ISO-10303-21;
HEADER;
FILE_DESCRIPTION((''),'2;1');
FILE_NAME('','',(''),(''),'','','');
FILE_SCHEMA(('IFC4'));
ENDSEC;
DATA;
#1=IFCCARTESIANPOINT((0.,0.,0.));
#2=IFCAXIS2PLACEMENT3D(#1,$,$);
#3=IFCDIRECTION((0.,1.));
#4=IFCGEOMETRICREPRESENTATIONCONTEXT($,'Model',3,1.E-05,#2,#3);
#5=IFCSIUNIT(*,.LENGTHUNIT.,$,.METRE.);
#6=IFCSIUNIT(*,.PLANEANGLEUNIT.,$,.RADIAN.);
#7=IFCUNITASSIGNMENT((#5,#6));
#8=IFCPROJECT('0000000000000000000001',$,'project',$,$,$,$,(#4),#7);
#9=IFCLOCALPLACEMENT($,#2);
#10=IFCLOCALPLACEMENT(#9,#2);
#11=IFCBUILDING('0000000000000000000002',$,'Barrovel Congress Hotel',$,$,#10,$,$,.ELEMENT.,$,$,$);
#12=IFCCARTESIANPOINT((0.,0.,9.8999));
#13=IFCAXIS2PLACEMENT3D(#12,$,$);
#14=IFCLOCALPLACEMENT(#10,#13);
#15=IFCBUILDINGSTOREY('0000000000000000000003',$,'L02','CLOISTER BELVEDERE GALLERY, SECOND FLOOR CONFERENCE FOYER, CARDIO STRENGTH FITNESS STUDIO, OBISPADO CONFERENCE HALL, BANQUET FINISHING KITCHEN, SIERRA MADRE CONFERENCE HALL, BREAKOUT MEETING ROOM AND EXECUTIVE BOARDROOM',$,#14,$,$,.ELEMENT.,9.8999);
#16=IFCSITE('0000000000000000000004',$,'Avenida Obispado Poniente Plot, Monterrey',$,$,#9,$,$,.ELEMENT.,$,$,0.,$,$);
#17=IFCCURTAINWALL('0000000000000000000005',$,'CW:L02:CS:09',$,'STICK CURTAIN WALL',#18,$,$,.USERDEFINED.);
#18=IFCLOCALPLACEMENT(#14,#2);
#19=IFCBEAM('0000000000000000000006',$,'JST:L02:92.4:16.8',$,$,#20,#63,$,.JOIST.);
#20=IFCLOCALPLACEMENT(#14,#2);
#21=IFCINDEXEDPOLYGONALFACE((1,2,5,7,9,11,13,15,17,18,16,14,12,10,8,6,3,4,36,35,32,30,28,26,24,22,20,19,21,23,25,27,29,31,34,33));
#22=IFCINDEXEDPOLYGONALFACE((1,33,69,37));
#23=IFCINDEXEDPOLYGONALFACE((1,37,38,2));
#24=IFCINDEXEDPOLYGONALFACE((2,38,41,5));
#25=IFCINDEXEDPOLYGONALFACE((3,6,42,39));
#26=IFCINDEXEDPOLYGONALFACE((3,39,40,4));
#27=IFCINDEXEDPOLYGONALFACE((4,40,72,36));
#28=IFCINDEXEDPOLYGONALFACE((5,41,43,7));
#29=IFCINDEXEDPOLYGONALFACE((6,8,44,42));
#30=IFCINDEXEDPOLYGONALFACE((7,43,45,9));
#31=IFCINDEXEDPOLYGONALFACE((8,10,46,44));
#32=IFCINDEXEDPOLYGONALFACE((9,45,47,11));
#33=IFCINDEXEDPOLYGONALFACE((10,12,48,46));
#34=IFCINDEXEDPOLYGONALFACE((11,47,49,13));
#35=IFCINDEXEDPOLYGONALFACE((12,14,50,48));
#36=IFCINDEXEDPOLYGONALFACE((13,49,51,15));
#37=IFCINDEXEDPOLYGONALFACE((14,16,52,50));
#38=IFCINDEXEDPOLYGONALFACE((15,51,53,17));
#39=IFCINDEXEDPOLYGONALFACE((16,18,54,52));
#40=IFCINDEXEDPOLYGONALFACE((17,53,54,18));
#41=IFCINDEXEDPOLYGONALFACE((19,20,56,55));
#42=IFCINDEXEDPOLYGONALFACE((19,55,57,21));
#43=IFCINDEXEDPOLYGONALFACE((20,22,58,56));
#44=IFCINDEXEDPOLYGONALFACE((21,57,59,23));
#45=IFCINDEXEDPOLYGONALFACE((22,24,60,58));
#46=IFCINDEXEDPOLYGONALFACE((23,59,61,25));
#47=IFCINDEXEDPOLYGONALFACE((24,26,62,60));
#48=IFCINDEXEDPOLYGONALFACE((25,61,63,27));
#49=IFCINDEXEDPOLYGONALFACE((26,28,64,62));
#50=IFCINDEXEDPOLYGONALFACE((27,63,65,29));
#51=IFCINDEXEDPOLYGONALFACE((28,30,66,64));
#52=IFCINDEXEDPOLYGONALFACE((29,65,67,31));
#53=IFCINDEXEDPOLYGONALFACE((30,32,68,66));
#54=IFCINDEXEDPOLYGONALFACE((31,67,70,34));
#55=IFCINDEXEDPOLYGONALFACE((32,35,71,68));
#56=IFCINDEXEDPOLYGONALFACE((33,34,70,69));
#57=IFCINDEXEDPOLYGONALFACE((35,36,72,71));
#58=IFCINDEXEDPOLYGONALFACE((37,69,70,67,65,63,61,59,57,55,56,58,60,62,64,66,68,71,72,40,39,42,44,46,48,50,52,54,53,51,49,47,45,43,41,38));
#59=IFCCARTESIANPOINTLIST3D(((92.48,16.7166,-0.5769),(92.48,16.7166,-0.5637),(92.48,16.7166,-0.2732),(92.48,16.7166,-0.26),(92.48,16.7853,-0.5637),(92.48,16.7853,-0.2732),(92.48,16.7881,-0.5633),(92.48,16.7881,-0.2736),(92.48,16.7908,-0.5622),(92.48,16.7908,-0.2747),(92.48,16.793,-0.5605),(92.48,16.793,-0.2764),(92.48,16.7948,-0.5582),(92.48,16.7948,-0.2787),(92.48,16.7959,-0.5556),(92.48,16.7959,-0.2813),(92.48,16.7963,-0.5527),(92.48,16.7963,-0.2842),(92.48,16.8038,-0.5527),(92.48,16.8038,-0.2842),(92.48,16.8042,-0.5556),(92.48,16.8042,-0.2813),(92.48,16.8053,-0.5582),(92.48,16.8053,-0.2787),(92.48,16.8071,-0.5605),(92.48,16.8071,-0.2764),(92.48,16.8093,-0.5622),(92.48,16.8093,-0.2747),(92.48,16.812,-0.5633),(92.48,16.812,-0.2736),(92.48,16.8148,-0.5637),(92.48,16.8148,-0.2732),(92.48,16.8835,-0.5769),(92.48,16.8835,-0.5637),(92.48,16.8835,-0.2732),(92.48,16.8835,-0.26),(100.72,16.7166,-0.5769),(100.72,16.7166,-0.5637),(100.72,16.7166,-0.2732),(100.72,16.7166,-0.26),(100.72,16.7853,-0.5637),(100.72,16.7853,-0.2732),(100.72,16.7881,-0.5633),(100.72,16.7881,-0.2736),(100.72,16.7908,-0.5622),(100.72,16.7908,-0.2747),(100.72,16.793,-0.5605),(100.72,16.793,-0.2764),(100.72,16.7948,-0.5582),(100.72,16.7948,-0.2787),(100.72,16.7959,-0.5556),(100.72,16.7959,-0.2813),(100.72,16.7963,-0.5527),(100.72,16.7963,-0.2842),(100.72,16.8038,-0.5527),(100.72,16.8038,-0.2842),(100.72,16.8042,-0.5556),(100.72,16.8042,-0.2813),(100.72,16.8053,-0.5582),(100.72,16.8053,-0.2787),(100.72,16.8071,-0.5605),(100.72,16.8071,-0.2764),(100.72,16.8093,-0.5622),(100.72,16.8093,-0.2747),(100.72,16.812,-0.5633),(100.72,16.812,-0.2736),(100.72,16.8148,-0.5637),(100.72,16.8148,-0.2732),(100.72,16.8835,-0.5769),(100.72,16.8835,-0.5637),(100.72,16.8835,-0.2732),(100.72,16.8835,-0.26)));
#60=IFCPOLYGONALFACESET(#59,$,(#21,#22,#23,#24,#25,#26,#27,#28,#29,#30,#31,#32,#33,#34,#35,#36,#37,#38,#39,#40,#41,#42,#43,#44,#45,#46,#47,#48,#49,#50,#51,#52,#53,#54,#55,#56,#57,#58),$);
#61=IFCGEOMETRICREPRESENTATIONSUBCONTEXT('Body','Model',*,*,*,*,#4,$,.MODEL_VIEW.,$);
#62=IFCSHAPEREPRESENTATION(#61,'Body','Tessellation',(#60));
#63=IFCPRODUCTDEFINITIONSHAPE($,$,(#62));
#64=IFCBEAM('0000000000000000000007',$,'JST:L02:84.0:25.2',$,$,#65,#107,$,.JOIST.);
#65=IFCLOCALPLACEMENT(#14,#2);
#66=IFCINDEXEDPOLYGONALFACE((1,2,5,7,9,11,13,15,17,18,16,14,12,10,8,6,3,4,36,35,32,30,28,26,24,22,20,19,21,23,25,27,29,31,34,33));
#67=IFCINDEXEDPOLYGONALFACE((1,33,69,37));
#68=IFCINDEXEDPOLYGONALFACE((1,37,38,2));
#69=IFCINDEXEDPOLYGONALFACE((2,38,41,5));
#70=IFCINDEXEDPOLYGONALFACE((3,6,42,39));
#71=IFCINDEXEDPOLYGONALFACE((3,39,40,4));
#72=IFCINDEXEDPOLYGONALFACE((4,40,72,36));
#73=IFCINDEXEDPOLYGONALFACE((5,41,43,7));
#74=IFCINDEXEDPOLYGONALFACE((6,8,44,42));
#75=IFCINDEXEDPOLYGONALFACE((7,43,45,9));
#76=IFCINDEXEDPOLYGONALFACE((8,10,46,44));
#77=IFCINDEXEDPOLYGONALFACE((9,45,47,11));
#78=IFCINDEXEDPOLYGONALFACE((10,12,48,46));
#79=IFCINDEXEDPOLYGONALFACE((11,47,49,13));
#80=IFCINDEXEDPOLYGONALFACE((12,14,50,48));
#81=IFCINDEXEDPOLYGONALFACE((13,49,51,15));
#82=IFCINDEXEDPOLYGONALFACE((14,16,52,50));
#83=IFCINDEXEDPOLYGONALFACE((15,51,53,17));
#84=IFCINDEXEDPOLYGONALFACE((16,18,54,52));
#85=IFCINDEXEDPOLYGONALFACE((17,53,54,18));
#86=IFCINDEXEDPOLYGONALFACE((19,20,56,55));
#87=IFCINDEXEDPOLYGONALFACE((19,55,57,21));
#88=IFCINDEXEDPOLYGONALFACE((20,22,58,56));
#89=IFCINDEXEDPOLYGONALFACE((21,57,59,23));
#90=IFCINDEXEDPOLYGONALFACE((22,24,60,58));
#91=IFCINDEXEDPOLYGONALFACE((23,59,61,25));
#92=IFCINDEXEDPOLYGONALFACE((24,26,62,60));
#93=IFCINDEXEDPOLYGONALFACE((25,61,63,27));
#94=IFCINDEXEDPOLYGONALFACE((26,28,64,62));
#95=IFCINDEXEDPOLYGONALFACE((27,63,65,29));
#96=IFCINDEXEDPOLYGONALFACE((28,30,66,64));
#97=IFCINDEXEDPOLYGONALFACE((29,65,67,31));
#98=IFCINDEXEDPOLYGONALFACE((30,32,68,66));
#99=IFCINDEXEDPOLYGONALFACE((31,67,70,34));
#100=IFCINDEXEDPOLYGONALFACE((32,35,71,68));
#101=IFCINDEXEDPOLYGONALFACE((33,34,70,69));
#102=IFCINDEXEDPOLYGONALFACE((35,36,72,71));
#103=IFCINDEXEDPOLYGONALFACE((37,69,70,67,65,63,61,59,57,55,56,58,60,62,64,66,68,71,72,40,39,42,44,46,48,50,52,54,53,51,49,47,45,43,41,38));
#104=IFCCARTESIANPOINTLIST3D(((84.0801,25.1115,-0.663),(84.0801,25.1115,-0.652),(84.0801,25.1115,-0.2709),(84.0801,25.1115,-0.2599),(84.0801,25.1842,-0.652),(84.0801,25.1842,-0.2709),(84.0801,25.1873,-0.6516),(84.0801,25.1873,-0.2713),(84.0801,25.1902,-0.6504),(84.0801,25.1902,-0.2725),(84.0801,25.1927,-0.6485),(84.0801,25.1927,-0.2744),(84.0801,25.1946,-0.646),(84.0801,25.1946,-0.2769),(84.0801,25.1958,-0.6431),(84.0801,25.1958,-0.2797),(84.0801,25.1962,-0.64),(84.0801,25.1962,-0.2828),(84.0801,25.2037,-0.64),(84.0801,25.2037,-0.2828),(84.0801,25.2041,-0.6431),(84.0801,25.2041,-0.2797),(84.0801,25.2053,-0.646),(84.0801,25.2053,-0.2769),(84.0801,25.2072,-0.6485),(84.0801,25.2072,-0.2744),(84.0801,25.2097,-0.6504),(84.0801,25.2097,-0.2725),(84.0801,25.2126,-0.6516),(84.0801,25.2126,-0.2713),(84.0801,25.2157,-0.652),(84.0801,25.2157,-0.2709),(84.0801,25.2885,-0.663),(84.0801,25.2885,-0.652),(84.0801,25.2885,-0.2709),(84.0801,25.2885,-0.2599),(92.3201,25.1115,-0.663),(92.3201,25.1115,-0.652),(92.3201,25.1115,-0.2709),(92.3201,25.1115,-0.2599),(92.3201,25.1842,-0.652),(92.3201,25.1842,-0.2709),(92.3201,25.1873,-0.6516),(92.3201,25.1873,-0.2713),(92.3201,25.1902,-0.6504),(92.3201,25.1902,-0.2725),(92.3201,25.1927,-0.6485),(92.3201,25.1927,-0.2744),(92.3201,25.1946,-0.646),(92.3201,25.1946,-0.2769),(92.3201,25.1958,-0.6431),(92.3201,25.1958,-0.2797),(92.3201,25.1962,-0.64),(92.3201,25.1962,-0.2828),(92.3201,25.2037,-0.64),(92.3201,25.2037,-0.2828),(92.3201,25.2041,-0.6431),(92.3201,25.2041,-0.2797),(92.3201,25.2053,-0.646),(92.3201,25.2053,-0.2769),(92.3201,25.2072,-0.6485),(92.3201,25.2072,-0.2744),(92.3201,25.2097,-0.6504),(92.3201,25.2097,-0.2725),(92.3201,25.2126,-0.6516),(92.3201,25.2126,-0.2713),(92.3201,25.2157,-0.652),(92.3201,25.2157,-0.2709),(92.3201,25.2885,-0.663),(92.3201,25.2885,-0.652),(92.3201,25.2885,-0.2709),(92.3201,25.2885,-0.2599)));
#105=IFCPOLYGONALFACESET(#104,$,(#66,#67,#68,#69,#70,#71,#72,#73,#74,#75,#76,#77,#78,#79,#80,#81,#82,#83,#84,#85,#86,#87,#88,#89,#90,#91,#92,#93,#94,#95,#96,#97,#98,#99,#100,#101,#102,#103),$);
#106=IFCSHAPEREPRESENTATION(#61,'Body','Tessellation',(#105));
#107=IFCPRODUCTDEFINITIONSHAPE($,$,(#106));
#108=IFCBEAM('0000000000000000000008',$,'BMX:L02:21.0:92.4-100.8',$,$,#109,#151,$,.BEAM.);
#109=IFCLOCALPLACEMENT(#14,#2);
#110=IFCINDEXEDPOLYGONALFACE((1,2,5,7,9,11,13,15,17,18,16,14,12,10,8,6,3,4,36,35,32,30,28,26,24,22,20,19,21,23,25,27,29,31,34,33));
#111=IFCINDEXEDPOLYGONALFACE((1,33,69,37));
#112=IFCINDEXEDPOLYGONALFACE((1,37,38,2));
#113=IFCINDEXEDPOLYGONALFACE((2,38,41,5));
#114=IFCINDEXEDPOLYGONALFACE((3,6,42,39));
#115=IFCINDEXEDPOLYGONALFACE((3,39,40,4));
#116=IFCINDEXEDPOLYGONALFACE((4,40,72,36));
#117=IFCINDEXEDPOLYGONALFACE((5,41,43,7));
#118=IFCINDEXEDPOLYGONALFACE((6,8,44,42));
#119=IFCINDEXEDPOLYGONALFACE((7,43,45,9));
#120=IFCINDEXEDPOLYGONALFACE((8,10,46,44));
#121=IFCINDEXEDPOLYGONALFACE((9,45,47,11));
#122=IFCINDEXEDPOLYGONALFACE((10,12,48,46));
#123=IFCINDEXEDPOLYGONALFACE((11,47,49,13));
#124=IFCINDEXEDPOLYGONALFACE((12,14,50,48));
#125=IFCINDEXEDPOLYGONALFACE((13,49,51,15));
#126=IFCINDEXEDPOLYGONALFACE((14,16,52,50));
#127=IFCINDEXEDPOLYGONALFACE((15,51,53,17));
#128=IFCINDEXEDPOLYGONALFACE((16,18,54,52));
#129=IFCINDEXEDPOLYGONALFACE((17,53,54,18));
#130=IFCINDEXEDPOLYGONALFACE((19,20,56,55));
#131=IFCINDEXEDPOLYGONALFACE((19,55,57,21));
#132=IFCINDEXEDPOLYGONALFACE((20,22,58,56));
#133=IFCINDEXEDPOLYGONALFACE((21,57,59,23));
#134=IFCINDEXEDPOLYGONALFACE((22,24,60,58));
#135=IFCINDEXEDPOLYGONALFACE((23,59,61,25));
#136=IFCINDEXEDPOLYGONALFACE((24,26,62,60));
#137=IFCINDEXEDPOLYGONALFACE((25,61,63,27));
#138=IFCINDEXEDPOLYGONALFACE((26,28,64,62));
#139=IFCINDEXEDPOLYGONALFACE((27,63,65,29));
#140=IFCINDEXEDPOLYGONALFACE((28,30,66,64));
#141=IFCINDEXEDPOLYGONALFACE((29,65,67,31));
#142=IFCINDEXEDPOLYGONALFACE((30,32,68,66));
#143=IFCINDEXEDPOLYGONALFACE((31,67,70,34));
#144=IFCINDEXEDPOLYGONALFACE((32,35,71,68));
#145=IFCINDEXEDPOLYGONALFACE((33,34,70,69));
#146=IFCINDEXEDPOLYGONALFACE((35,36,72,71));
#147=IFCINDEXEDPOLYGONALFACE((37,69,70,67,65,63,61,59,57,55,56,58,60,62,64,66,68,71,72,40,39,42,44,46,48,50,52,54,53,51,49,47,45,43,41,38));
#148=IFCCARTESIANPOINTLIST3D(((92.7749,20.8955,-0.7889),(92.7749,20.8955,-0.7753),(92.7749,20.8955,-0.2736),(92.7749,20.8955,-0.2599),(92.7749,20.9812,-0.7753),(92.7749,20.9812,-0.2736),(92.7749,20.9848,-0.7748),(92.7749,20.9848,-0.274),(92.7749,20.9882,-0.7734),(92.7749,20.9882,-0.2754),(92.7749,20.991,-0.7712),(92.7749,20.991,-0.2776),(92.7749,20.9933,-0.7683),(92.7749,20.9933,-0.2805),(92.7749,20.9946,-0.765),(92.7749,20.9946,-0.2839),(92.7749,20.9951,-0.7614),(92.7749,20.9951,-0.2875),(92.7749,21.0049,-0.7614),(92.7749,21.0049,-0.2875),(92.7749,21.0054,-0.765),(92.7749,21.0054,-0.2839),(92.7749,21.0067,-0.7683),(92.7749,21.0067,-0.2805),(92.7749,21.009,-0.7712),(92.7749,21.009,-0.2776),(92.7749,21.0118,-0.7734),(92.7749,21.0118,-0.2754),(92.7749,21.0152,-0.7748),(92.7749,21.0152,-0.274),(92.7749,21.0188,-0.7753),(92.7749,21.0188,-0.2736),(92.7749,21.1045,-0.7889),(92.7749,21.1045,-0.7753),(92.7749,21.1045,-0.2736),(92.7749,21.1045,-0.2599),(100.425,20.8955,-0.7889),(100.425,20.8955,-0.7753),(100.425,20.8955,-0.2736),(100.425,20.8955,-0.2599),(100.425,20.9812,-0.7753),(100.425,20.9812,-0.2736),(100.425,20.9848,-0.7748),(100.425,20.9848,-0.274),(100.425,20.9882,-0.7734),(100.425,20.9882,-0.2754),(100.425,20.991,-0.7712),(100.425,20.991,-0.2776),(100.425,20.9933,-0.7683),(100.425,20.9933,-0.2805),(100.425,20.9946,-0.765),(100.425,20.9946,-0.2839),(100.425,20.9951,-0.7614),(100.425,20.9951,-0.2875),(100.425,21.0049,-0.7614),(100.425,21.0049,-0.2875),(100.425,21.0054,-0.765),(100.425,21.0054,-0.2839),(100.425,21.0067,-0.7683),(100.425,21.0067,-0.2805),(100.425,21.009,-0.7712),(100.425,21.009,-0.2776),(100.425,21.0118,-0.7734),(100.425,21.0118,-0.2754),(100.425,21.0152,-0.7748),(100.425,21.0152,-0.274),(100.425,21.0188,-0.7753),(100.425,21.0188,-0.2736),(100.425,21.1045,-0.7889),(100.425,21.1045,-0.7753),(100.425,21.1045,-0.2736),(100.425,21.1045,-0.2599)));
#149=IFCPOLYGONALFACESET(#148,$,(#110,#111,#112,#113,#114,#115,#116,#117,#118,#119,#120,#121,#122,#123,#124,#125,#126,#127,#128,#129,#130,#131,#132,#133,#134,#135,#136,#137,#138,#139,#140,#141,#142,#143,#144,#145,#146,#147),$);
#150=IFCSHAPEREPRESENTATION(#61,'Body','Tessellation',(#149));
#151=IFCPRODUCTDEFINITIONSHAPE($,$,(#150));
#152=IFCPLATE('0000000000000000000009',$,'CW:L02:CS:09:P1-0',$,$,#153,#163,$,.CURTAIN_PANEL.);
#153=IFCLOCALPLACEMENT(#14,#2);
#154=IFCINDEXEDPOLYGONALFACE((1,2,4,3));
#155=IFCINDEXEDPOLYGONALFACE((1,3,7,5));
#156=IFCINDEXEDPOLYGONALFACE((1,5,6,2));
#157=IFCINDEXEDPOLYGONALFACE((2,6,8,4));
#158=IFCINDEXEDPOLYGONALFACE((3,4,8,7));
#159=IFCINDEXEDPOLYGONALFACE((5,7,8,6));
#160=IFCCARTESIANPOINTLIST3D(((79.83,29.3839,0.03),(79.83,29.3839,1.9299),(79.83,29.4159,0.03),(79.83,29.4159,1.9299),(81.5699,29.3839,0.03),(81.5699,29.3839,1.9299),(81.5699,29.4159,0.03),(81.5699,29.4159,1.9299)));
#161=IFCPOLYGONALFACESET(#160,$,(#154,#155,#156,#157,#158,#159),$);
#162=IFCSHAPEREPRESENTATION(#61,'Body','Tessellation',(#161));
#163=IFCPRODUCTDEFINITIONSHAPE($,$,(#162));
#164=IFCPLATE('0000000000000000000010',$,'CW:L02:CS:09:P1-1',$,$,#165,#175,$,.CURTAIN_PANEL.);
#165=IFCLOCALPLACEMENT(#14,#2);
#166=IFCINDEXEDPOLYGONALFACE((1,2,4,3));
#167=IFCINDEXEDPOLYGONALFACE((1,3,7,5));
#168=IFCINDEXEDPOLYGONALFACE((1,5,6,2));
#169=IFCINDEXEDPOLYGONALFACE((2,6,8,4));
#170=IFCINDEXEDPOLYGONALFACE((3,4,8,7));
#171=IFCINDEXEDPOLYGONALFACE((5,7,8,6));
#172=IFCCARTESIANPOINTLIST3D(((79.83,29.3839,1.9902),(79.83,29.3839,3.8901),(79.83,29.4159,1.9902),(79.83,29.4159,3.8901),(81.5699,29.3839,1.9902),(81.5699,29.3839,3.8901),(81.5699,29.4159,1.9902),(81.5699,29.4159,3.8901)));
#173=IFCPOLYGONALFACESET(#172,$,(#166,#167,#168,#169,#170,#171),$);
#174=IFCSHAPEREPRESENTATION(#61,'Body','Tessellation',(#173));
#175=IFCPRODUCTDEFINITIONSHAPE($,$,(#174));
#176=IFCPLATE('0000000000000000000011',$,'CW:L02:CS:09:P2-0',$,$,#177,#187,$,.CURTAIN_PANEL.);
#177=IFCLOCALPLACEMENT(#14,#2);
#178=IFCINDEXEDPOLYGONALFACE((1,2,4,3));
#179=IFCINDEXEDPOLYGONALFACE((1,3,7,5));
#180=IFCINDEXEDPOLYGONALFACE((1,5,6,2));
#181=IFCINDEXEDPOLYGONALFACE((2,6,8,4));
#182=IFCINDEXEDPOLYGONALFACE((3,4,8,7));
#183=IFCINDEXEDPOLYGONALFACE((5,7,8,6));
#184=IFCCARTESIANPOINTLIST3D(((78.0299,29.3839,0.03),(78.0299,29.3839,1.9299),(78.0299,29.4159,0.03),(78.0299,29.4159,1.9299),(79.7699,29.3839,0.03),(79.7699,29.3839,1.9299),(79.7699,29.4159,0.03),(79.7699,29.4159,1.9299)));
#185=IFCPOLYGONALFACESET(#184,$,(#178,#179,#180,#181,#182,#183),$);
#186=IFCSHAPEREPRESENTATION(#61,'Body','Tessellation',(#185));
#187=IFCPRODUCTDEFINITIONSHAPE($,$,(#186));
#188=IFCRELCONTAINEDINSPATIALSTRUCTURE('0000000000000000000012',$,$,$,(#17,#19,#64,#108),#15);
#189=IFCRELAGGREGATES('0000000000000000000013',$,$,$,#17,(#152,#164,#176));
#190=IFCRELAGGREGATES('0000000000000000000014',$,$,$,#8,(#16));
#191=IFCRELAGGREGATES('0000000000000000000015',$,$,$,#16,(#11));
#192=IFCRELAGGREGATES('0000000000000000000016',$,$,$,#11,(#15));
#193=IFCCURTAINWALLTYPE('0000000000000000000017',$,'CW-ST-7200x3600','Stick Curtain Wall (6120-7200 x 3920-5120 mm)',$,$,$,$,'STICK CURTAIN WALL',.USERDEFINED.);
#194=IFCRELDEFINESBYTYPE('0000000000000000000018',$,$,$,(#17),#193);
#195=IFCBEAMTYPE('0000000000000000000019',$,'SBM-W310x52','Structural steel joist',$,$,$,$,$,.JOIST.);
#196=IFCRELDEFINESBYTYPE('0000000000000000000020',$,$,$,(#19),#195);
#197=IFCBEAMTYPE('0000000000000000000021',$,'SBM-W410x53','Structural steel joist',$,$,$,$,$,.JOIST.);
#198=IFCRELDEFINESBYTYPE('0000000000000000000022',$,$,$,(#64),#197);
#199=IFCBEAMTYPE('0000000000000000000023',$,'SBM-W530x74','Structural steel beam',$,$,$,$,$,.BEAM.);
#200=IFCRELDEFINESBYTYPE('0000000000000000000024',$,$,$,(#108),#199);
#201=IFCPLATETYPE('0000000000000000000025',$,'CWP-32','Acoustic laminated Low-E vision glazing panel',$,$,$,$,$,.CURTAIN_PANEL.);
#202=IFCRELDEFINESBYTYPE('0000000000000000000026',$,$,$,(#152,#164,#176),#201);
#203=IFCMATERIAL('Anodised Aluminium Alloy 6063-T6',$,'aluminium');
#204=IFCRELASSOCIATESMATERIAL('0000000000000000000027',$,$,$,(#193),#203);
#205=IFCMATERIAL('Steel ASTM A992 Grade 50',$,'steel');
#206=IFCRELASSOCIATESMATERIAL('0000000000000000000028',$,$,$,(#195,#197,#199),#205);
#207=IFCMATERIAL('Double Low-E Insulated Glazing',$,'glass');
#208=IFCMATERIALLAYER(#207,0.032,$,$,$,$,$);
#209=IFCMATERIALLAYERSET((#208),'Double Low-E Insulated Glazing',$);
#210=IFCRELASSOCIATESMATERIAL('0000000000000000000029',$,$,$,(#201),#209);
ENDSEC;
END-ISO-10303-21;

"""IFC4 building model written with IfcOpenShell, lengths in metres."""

from ifc_helpers import new_model, si_unit, direction, frame, origin, origin_2d, place, context, subcontext, project, spatial, rectangle, i_section, extrude, material, layer, layer_set, material_profile, profile_set, type_object, element, aggregate, save


model = new_model("IFC4")

# Units and contexts
model_context = context("Model", 3, precision=1e-05, world=origin(), true_north=direction((0.0, 1.0)))
body_context = subcontext(model_context, "Body", "Model", "MODEL_VIEW")
ifc_project = project(units=[si_unit("LENGTHUNIT", "METRE"), si_unit("PLANEANGLEUNIT", "RADIAN")], contexts=[model_context])

# Site, building, storey
site_placement = place(None, origin())
site = spatial("IfcSite", under=ifc_project, at=site_placement, Name="Avenida Obispado Poniente Plot, Monterrey", CompositionType="ELEMENT", RefElevation=0.0)
building_placement = place(site_placement, origin())
building = spatial("IfcBuilding", under=site, at=building_placement, Name="Barrovel Congress Hotel", CompositionType="ELEMENT")
storey_placement = place(building_placement, frame((0.0, 0.0, 9.8999)))
storey = spatial("IfcBuildingStorey", under=building, at=storey_placement, Name="L02", Description="CLOISTER BELVEDERE GALLERY, SECOND FLOOR CONFERENCE FOYER, CARDIO STRENGTH FITNESS STUDIO, OBISPADO CONFERENCE HALL, BANQUET FINISHING KITCHEN, SIERRA MADRE CONFERENCE HALL, BREAKOUT MEETING ROOM AND EXECUTIVE BOARDROOM", CompositionType="ELEMENT", Elevation=9.8999)

# Curtain wall
ifc_material_1 = material(Name="Anodised Aluminium Alloy 6063-T6", Category="aluminium")
curtain_wall_type = type_object("IfcCurtainWallType", Name="CW-ST-7200x3600", Description="Stick Curtain Wall (6120-7200 x 3920-5120 mm)", ElementType="STICK CURTAIN WALL", PredefinedType="USERDEFINED", material=ifc_material_1)
curtain_wall_placement = place(storey_placement, origin())
curtain_wall = element("IfcCurtainWall", 1, at=curtain_wall_placement, inside=storey, type_object=curtain_wall_type, Name="CW:L02:CS:09", ObjectType="STICK CURTAIN WALL", PredefinedType="USERDEFINED")

# Beams
ifc_material_2 = material(Name="Steel ASTM A992 Grade 50", Category="steel")
ifc_material_profile_1 = material_profile(ifc_material_2, i_section(OverallWidth=0.167, OverallDepth=0.3169, WebThickness=0.0076, FlangeThickness=0.0132, FilletRadius=0.011, at=origin_2d()), Name="W310x52")
ifc_profile_set_1 = profile_set([ifc_material_profile_1], Name="Steel ASTM A992 Grade 50")
beam_type_1 = type_object("IfcBeamType", Name="SBM-W310x52", Description="Structural steel joist", PredefinedType="JOIST", material=ifc_profile_set_1)
beam_1_placement = place(storey_placement, frame((92.48, 16.8, -0.4185), z_axis=(1.0, 0.0, 0.0), x_axis=(0.0, 1.0, 0.0)))
element("IfcBeam", 2, at=beam_1_placement, inside=storey, type_object=beam_type_1, Name="JST:L02:92.4:16.8", PredefinedType="JOIST", context=body_context, shape_type="SweptSolid", body=[
    extrude(i_section(OverallWidth=0.167, OverallDepth=0.3169, WebThickness=0.0076, FlangeThickness=0.0132, FilletRadius=0.011, at=origin_2d()), origin(), (0.0, 0.0, 1.0), 8.24),
])
ifc_material_profile_2 = material_profile(ifc_material_2, i_section(OverallWidth=0.177, OverallDepth=0.4031, WebThickness=0.0076, FlangeThickness=0.011, FilletRadius=0.012, at=origin_2d()), Name="W410x53")
ifc_profile_set_2 = profile_set([ifc_material_profile_2], Name="Steel ASTM A992 Grade 50")
beam_type_2 = type_object("IfcBeamType", Name="SBM-W410x53", Description="Structural steel joist", PredefinedType="JOIST", material=ifc_profile_set_2)
beam_2_placement = place(storey_placement, frame((84.0801, 25.2, -0.4614), z_axis=(1.0, 0.0, 0.0), x_axis=(0.0, 1.0, 0.0)))
element("IfcBeam", 3, at=beam_2_placement, inside=storey, type_object=beam_type_2, Name="JST:L02:84.0:25.2", PredefinedType="JOIST", context=body_context, shape_type="SweptSolid", body=[
    extrude(i_section(OverallWidth=0.177, OverallDepth=0.4031, WebThickness=0.0076, FlangeThickness=0.011, FilletRadius=0.012, at=origin_2d()), origin(), (0.0, 0.0, 1.0), 8.24),
])
ifc_material_profile_3 = material_profile(ifc_material_2, i_section(OverallWidth=0.209, OverallDepth=0.5291, WebThickness=0.0098, FlangeThickness=0.0137, FilletRadius=0.0139, at=origin_2d()), Name="W530x74")
ifc_profile_set_3 = profile_set([ifc_material_profile_3], Name="Steel ASTM A992 Grade 50")
beam_type_3 = type_object("IfcBeamType", Name="SBM-W530x74", Description="Structural steel beam", PredefinedType="BEAM", material=ifc_profile_set_3)
beam_3_placement = place(storey_placement, frame((92.7749, 21.0, -0.5244), z_axis=(1.0, 0.0, 0.0), x_axis=(0.0, 1.0, 0.0)))
element("IfcBeam", 4, at=beam_3_placement, inside=storey, type_object=beam_type_3, Name="BMX:L02:21.0:92.4-100.8", PredefinedType="BEAM", context=body_context, shape_type="SweptSolid", body=[
    extrude(i_section(OverallWidth=0.209, OverallDepth=0.5291, WebThickness=0.0098, FlangeThickness=0.0137, FilletRadius=0.0139, at=origin_2d()), origin(), (0.0, 0.0, 1.0), 7.6501),
])

# Plates
ifc_material_3 = material(Name="Double Low-E Insulated Glazing", Category="glass")
ifc_layer_1 = layer(ifc_material_3, 0.032)
ifc_layer_set_1 = layer_set([ifc_layer_1], Name="Double Low-E Insulated Glazing")
plate_type = type_object("IfcPlateType", Name="CWP-32", Description="Acoustic laminated Low-E vision glazing panel", PredefinedType="CURTAIN_PANEL", material=ifc_layer_set_1)
plate_1_placement = place(storey_placement, frame((80.7, 29.3999, 0.03), z_axis=(0.0, 0.0, 1.0), x_axis=(-1.0, 0.0, 0.0)))
plate_1 = element("IfcPlate", 5, at=plate_1_placement, type_object=plate_type, Name="CW:L02:CS:09:P1-0", PredefinedType="CURTAIN_PANEL", context=body_context, shape_type="SweptSolid", body=[
    extrude(rectangle(XDim=1.74, YDim=0.032, at=origin_2d()), origin(), (0.0, 0.0, 1.0), 1.8999),
])
plate_2_placement = place(storey_placement, frame((80.7, 29.3999, 1.9902), z_axis=(0.0, 0.0, 1.0), x_axis=(-1.0, 0.0, 0.0)))
plate_2 = element("IfcPlate", 6, at=plate_2_placement, type_object=plate_type, Name="CW:L02:CS:09:P1-1", PredefinedType="CURTAIN_PANEL", context=body_context, shape_type="SweptSolid", body=[
    extrude(rectangle(XDim=1.74, YDim=0.032, at=origin_2d()), origin(), (0.0, 0.0, 1.0), 1.8999),
])
plate_3_placement = place(storey_placement, frame((78.8999, 29.3999, 0.03), z_axis=(0.0, 0.0, 1.0), x_axis=(-1.0, 0.0, 0.0)))
plate_3 = element("IfcPlate", 7, at=plate_3_placement, type_object=plate_type, Name="CW:L02:CS:09:P2-0", PredefinedType="CURTAIN_PANEL", context=body_context, shape_type="SweptSolid", body=[
    extrude(rectangle(XDim=1.74, YDim=0.032, at=origin_2d()), origin(), (0.0, 0.0, 1.0), 1.8999),
])
aggregate(curtain_wall, [plate_1, plate_2, plate_3])

save(model, "model.ifc")
